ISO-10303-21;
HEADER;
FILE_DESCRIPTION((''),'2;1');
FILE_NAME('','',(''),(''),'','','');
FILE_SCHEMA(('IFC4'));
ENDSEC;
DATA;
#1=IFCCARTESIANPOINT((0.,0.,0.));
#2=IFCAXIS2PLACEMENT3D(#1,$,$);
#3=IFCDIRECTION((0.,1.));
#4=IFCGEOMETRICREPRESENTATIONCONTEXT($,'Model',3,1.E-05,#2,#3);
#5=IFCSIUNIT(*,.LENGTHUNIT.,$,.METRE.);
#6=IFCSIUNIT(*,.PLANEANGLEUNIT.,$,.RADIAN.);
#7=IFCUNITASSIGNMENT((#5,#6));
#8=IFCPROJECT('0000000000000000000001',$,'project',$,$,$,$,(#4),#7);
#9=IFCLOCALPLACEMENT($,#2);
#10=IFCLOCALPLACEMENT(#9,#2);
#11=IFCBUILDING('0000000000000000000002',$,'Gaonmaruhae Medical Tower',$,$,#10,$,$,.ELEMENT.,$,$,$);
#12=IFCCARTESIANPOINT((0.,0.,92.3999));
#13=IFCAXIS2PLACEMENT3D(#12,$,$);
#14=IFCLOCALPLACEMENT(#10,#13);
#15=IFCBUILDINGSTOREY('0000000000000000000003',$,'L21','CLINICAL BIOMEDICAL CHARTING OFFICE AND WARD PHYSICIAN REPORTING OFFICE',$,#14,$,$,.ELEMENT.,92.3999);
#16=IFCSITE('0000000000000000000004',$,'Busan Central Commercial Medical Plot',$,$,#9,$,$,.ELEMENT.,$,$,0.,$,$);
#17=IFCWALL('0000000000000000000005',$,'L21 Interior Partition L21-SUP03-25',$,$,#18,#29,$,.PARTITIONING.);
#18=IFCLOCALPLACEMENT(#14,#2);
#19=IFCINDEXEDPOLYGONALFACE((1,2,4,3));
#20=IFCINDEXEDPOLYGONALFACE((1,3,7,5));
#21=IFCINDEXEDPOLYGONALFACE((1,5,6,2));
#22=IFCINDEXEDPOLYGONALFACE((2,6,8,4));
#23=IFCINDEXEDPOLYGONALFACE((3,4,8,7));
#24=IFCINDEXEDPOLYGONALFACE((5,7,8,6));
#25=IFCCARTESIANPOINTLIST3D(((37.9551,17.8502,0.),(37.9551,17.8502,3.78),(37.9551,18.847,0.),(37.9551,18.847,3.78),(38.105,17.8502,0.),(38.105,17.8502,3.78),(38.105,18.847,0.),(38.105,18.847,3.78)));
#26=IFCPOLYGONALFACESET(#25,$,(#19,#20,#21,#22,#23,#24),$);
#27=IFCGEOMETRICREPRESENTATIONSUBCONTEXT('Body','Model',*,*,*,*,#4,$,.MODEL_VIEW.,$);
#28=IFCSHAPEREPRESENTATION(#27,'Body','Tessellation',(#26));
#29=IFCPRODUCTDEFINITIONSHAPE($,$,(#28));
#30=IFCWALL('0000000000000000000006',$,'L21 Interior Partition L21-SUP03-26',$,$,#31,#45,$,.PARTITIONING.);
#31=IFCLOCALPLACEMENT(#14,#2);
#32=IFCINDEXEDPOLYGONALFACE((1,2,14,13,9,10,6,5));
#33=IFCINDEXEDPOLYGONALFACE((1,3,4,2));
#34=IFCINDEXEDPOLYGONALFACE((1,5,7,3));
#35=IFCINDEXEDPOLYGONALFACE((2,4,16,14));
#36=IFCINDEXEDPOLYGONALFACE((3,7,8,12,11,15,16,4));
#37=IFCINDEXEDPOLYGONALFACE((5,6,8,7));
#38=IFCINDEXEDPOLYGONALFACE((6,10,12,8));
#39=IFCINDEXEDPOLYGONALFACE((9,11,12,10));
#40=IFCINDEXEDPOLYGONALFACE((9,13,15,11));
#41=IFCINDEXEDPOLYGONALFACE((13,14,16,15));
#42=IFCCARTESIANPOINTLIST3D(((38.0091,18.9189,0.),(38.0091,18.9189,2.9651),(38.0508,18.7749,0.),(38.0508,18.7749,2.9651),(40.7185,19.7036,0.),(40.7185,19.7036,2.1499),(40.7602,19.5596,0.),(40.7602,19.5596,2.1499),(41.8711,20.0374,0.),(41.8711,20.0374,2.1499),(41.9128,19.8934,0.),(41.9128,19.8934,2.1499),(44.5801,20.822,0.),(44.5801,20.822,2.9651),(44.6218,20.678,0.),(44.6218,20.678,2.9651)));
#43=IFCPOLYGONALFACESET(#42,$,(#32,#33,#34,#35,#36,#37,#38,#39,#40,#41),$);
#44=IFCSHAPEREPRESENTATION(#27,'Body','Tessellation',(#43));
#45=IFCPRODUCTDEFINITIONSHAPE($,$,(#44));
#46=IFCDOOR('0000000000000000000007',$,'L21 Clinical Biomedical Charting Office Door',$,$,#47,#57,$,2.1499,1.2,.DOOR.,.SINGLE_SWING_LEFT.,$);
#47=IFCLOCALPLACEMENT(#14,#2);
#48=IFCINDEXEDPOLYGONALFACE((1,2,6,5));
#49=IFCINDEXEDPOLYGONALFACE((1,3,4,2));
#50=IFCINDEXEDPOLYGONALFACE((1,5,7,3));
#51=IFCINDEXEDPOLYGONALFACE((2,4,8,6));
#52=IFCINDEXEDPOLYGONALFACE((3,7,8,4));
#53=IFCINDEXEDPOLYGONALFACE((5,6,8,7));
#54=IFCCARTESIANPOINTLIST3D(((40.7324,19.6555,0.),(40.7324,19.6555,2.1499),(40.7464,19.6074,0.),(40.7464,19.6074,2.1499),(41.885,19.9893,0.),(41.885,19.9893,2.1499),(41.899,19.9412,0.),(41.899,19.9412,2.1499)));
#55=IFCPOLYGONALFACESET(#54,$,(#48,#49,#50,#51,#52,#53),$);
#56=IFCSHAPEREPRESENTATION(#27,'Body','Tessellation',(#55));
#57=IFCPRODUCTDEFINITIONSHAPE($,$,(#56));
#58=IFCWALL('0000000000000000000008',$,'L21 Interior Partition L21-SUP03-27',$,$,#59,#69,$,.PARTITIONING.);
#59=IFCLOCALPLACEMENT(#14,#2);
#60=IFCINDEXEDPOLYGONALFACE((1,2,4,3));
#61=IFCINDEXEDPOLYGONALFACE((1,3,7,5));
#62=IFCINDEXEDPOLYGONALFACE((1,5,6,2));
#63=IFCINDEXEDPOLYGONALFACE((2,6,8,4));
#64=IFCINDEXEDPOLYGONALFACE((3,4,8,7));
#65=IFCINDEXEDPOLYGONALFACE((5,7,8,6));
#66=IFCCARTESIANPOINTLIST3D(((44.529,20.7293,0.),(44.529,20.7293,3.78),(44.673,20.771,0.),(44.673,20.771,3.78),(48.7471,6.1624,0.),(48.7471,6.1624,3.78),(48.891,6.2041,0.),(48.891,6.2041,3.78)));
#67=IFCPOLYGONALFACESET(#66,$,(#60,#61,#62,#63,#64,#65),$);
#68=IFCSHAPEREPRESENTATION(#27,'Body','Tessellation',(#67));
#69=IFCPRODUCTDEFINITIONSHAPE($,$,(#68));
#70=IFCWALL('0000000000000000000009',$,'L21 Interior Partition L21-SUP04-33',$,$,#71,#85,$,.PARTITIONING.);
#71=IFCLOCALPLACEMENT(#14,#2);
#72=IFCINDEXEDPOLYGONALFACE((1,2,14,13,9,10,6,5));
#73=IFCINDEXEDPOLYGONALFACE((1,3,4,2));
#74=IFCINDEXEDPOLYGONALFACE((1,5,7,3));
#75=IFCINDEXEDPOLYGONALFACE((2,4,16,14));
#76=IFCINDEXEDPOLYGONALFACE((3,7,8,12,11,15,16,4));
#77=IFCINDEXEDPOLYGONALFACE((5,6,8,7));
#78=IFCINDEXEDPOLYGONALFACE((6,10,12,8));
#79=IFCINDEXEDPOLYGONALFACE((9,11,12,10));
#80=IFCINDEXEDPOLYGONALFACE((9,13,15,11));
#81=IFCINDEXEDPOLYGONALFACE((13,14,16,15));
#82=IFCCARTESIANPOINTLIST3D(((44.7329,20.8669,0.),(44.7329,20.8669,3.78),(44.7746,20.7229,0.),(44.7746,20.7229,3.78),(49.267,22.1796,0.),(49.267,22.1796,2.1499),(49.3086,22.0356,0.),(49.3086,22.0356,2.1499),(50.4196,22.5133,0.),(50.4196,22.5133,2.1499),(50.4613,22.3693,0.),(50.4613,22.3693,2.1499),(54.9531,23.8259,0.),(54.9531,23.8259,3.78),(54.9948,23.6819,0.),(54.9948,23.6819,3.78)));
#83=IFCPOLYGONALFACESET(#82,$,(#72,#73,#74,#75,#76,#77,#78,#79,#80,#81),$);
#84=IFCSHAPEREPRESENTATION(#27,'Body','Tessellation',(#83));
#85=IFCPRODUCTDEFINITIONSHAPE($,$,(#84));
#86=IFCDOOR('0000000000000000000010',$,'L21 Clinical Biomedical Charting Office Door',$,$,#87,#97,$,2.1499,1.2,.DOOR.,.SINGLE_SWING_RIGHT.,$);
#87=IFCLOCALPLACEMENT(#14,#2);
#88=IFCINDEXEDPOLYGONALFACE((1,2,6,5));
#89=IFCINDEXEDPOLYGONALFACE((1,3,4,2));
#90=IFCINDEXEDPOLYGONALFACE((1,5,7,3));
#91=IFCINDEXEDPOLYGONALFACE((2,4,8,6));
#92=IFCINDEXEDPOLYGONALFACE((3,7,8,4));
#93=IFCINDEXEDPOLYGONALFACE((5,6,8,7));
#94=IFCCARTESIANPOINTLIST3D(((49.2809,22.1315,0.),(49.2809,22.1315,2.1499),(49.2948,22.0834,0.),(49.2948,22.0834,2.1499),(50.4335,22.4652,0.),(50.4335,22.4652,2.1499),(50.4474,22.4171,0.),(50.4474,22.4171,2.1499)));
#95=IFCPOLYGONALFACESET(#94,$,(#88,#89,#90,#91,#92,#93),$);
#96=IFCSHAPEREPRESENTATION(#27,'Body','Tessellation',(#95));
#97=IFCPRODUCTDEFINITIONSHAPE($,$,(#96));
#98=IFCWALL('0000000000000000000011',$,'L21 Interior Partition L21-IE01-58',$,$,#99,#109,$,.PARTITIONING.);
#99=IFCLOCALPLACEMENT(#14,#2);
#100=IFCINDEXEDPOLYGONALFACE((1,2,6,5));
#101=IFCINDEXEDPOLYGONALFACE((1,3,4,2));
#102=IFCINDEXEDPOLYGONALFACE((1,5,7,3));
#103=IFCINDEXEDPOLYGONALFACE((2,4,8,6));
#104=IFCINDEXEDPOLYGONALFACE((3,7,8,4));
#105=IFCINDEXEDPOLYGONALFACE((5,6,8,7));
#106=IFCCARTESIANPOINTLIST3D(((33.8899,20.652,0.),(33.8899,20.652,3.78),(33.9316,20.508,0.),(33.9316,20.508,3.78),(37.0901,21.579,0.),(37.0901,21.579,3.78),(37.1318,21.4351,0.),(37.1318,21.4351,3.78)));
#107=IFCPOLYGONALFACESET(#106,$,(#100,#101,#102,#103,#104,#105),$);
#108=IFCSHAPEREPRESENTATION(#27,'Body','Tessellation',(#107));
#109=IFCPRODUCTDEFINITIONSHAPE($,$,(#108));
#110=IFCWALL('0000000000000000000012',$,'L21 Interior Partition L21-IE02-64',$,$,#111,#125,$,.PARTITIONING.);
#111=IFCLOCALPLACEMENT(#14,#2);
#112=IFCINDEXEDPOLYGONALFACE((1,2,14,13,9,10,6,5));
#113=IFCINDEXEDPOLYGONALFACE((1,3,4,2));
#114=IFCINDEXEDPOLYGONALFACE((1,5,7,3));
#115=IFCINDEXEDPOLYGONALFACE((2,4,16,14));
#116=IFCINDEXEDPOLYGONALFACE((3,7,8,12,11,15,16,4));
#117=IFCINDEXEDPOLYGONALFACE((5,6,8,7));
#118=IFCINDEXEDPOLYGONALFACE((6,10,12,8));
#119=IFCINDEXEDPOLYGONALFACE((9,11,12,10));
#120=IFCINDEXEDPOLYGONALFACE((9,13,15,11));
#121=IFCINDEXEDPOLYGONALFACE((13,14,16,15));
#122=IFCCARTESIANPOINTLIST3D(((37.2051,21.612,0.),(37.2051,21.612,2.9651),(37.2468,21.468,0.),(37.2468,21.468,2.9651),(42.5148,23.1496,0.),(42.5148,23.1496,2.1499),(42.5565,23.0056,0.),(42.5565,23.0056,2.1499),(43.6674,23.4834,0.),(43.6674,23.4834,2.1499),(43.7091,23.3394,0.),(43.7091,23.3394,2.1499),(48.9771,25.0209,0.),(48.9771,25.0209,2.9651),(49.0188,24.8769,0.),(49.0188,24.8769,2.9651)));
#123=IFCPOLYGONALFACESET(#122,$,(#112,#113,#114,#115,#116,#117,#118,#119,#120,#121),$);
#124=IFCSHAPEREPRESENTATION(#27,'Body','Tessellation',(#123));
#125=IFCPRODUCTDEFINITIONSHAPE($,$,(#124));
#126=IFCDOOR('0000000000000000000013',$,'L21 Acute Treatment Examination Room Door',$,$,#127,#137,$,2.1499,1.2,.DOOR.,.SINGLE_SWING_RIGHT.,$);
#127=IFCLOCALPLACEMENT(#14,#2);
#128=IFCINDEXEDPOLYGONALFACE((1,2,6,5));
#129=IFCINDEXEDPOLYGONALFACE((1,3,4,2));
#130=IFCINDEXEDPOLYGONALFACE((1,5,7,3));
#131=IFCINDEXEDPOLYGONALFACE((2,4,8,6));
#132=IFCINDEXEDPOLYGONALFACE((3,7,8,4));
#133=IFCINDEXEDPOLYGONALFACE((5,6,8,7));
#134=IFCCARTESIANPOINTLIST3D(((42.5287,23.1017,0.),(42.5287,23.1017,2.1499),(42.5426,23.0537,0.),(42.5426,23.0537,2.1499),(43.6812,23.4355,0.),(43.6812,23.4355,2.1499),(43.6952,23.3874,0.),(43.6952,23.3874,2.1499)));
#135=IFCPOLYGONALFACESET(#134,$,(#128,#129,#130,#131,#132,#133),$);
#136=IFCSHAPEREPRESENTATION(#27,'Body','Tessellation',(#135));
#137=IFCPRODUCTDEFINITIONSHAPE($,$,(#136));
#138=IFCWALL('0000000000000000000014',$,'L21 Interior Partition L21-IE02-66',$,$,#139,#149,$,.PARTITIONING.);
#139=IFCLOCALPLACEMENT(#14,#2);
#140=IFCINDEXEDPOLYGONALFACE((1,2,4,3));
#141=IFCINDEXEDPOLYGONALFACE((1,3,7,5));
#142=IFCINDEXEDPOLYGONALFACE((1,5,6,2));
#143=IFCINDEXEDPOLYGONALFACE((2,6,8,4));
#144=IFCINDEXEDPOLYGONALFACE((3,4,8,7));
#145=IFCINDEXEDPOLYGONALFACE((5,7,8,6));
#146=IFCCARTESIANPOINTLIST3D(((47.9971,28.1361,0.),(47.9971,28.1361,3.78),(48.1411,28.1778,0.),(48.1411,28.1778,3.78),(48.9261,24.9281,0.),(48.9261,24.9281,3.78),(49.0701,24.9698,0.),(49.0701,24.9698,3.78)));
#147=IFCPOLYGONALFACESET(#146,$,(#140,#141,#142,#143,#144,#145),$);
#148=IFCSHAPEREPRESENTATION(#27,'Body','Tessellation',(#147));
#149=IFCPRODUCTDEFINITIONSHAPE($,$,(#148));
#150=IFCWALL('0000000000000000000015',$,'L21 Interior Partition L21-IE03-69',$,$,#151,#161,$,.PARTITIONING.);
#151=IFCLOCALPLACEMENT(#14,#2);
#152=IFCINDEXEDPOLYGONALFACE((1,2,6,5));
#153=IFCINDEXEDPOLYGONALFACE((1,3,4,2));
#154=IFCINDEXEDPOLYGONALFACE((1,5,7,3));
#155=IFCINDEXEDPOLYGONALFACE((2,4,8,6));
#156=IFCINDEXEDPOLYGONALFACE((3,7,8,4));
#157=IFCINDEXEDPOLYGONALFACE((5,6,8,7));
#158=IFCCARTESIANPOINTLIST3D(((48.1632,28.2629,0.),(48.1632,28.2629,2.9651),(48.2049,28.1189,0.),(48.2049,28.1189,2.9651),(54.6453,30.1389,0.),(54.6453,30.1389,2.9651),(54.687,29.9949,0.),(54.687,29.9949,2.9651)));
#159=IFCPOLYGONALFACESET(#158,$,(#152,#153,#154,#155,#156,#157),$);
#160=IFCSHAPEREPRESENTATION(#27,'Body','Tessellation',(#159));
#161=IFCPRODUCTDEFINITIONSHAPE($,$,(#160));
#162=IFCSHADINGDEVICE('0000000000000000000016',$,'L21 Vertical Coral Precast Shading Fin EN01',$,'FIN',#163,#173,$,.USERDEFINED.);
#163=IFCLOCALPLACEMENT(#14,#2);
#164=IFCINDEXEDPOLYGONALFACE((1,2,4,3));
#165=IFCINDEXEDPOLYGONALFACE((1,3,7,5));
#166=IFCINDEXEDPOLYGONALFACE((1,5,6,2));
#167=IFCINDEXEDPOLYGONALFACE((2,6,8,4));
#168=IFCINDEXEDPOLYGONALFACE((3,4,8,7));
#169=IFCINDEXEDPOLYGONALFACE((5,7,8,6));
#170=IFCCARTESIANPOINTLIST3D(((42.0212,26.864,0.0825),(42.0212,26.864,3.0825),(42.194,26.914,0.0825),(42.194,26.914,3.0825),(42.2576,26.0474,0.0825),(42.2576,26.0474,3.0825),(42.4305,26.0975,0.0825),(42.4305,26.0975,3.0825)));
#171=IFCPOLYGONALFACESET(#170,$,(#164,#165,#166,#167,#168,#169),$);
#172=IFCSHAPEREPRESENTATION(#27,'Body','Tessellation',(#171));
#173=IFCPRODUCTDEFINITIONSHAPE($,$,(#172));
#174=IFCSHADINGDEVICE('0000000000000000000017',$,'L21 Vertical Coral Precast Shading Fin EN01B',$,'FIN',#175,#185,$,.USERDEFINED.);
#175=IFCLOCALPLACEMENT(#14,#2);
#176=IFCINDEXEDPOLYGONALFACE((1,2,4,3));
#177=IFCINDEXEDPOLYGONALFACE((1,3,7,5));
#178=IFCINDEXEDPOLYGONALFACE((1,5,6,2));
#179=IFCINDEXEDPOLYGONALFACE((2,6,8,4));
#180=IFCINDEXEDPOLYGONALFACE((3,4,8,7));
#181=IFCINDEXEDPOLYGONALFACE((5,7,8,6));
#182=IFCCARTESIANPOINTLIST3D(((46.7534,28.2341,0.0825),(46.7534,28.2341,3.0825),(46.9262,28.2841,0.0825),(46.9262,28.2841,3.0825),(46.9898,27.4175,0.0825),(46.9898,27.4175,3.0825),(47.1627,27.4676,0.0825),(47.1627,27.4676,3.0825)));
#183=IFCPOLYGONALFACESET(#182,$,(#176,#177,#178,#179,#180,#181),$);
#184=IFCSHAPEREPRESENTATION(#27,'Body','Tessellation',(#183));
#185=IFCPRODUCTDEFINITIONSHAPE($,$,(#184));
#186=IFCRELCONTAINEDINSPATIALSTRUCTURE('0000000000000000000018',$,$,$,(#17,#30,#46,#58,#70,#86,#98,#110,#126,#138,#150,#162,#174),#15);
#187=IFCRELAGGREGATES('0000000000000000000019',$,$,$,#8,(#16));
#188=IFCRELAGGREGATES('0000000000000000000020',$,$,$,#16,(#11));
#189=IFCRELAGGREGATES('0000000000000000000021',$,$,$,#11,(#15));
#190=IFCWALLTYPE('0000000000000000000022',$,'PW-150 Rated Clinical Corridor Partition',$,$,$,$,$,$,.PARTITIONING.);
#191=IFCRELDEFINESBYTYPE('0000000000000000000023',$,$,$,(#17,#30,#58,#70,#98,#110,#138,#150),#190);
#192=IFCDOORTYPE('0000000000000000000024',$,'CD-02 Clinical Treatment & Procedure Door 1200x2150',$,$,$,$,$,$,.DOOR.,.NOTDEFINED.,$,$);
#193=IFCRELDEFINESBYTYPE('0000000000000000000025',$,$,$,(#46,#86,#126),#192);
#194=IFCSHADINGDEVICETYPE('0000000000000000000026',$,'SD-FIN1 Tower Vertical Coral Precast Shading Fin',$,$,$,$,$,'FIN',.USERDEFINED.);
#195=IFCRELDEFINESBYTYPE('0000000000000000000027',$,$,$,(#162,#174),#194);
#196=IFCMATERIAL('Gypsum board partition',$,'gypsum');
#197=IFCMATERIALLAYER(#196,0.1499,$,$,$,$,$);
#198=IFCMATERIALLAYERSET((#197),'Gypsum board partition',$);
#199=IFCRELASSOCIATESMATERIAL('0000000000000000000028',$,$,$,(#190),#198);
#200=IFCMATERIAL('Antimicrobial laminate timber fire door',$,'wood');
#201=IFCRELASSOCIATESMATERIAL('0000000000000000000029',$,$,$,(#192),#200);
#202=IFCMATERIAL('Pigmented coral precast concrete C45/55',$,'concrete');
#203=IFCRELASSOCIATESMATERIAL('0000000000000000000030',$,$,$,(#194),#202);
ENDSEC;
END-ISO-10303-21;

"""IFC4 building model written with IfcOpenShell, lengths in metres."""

from ifc_helpers import new_model, si_unit, direction, frame, frame_2d, origin, origin_2d, place, context, subcontext, project, spatial, rectangle, extrude, material, layer, layer_set, type_object, element, fill, save


model = new_model("IFC4")

# Units and contexts
model_context = context("Model", 3, precision=1e-05, world=origin(), true_north=direction((0.0, 1.0)))
body_context = subcontext(model_context, "Body", "Model", "MODEL_VIEW")
ifc_project = project(units=[si_unit("LENGTHUNIT", "METRE"), si_unit("PLANEANGLEUNIT", "RADIAN")], contexts=[model_context])

# Site, building, storey
site_placement = place(None, origin())
site = spatial("IfcSite", under=ifc_project, at=site_placement, Name="Busan Central Commercial Medical Plot", CompositionType="ELEMENT", RefElevation=0.0)
building_placement = place(site_placement, origin())
building = spatial("IfcBuilding", under=site, at=building_placement, Name="Gaonmaruhae Medical Tower", CompositionType="ELEMENT")
storey_placement = place(building_placement, frame((0.0, 0.0, 92.3999)))
storey = spatial("IfcBuildingStorey", under=building, at=storey_placement, Name="L21", Description="CLINICAL BIOMEDICAL CHARTING OFFICE AND WARD PHYSICIAN REPORTING OFFICE", CompositionType="ELEMENT", Elevation=92.3999)

# Wall
ifc_material_1 = material(Name="Gypsum board partition", Category="gypsum")
ifc_layer_1 = layer(ifc_material_1, 0.1499)
ifc_layer_set_1 = layer_set([ifc_layer_1], Name="Gypsum board partition")
wall_type_1 = type_object("IfcWallType", Name="PW-150 Rated Clinical Corridor Partition", PredefinedType="PARTITIONING", material=ifc_layer_set_1)
wall_1_placement = place(storey_placement, frame((38.03, 17.8501, 0.0), z_axis=(0.0, 0.0, 1.0), x_axis=(0.0, 1.0, 0.0)))
element("IfcWall", 1, at=wall_1_placement, inside=storey, type_object=wall_type_1, Name="L21 Interior Partition L21-SUP03-25", PredefinedType="PARTITIONING", context=body_context, shape_type="SweptSolid", body=[
    extrude(rectangle(XDim=0.9968, YDim=0.1499, at=frame_2d((0.4985, 0.0))), origin(), (0.0, 0.0, 1.0), 3.78),
])

# Wall, opening, door
wall_2_placement = place(storey_placement, frame((38.03, 18.8469, 0.0), z_axis=(0.0, 0.0, 1.0), x_axis=(0.960528, 0.278184, 0.0)))
wall_2 = element("IfcWall", 2, at=wall_2_placement, inside=storey, type_object=wall_type_1, Name="L21 Interior Partition L21-SUP03-26", PredefinedType="PARTITIONING", context=body_context, shape_type="SweptSolid", body=[
    extrude(rectangle(XDim=6.8411, YDim=0.1499, at=frame_2d((3.4204, 0.0))), origin(), (0.0, 0.0, 1.0), 2.9651),
])
opening_1_placement = place(wall_2_placement, frame((2.8206, 0.0, 0.0)))
opening_1 = element("IfcOpeningElement", 3, at=opening_1_placement, cuts=wall_2, PredefinedType="OPENING", context=body_context, shape_type="SweptSolid", body=[
    extrude(rectangle(XDim=1.2, YDim=2.1499, at=frame_2d((0.6001, 1.075))), frame((0.0, 0.085, 0.0), z_axis=(0.0, -1.0, 0.0), x_axis=(1.0, 0.0, 0.0)), (0.0, 0.0, 1.0), 0.1699),
])
ifc_material_2 = material(Name="Antimicrobial laminate timber fire door", Category="wood")
door_type = type_object("IfcDoorType", Name="CD-02 Clinical Treatment & Procedure Door 1200x2150", OperationType="NOTDEFINED", PredefinedType="DOOR", material=ifc_material_2)
door_1_placement = place(opening_1_placement, origin())
door_1 = element("IfcDoor", 4, at=door_1_placement, inside=storey, type_object=door_type, Name="L21 Clinical Biomedical Charting Office Door", OperationType="SINGLE_SWING_LEFT", OverallHeight=2.1499, OverallWidth=1.2, PredefinedType="DOOR", context=body_context, shape_type="SweptSolid", body=[
    extrude(rectangle(XDim=1.2, YDim=2.1499, at=frame_2d((0.6001, 1.075))), frame((0.0, 0.0249, 0.0), z_axis=(0.0, -1.0, 0.0), x_axis=(1.0, 0.0, 0.0)), (0.0, 0.0, 1.0), 0.05),
])
fill(opening_1, door_1)

# Wall
wall_3_placement = place(storey_placement, frame((44.6011, 20.75, 0.0), z_axis=(0.0, 0.0, 1.0), x_axis=(0.278136, -0.960542, 0.0)))
element("IfcWall", 5, at=wall_3_placement, inside=storey, type_object=wall_type_1, Name="L21 Interior Partition L21-SUP03-27", PredefinedType="PARTITIONING", context=body_context, shape_type="SweptSolid", body=[
    extrude(rectangle(XDim=15.1653, YDim=0.1499, at=frame_2d((7.5825, 0.0))), origin(), (0.0, 0.0, 1.0), 3.78),
])

# Wall, opening, door
wall_4_placement = place(storey_placement, frame((44.7539, 20.7949, 0.0), z_axis=(0.0, 0.0, 1.0), x_axis=(0.960552, 0.278102, 0.0)))
wall_4 = element("IfcWall", 6, at=wall_4_placement, inside=storey, type_object=wall_type_1, Name="L21 Interior Partition L21-SUP04-33", PredefinedType="PARTITIONING", context=body_context, shape_type="SweptSolid", body=[
    extrude(rectangle(XDim=10.6399, YDim=0.1499, at=frame_2d((5.3198, 0.0))), origin(), (0.0, 0.0, 1.0), 3.78),
])
opening_2_placement = place(wall_4_placement, frame((4.72, 0.0, 0.0)))
opening_2 = element("IfcOpeningElement", 7, at=opening_2_placement, cuts=wall_4, PredefinedType="OPENING", context=body_context, shape_type="SweptSolid", body=[
    extrude(rectangle(XDim=1.2, YDim=2.1499, at=frame_2d((0.6001, 1.075))), frame((0.0, 0.085, 0.0), z_axis=(0.0, -1.0, 0.0), x_axis=(1.0, 0.0, 0.0)), (0.0, 0.0, 1.0), 0.1699),
])
door_2_placement = place(opening_2_placement, origin())
door_2 = element("IfcDoor", 8, at=door_2_placement, inside=storey, type_object=door_type, Name="L21 Clinical Biomedical Charting Office Door", OperationType="SINGLE_SWING_RIGHT", OverallHeight=2.1499, OverallWidth=1.2, PredefinedType="DOOR", context=body_context, shape_type="SweptSolid", body=[
    extrude(rectangle(XDim=1.2, YDim=2.1499, at=frame_2d((0.6001, 1.075))), frame((0.0, 0.0249, 0.0), z_axis=(0.0, -1.0, 0.0), x_axis=(1.0, 0.0, 0.0)), (0.0, 0.0, 1.0), 0.05),
])
fill(opening_2, door_2)

# Wall
wall_5_placement = place(storey_placement, frame((37.1111, 21.5071, 0.0), z_axis=(0.0, 0.0, 1.0), x_axis=(-0.960514, -0.278232, 0.0)))
element("IfcWall", 9, at=wall_5_placement, inside=storey, type_object=wall_type_1, Name="L21 Interior Partition L21-IE01-58", PredefinedType="PARTITIONING", context=body_context, shape_type="SweptSolid", body=[
    extrude(rectangle(XDim=3.3318, YDim=0.1499, at=frame_2d((1.666, 0.0))), origin(), (0.0, 0.0, 1.0), 3.78),
])

# Wall, opening, door
wall_6_placement = place(storey_placement, frame((48.998, 24.949, 0.0), z_axis=(0.0, 0.0, 1.0), x_axis=(-0.960537, -0.278153, 0.0)))
wall_6 = element("IfcWall", 10, at=wall_6_placement, inside=storey, type_object=wall_type_1, Name="L21 Interior Partition L21-IE02-64", PredefinedType="PARTITIONING", context=body_context, shape_type="SweptSolid", body=[
    extrude(rectangle(XDim=12.2556, YDim=0.1499, at=frame_2d((6.1279, 0.0))), origin(), (0.0, 0.0, 1.0), 2.9651),
])
opening_3_placement = place(wall_6_placement, frame((5.5278, 0.0, 0.0)))
opening_3 = element("IfcOpeningElement", 11, at=opening_3_placement, cuts=wall_6, PredefinedType="OPENING", context=body_context, shape_type="SweptSolid", body=[
    extrude(rectangle(XDim=1.2, YDim=2.1499, at=frame_2d((0.6001, 1.075))), frame((0.0, 0.085, 0.0), z_axis=(0.0, -1.0, 0.0), x_axis=(1.0, 0.0, 0.0)), (0.0, 0.0, 1.0), 0.1699),
])
door_3_placement = place(opening_3_placement, origin())
door_3 = element("IfcDoor", 12, at=door_3_placement, inside=storey, type_object=door_type, Name="L21 Acute Treatment Examination Room Door", OperationType="SINGLE_SWING_RIGHT", OverallHeight=2.1499, OverallWidth=1.2, PredefinedType="DOOR", context=body_context, shape_type="SweptSolid", body=[
    extrude(rectangle(XDim=1.2, YDim=2.1499, at=frame_2d((0.6001, 1.075))), frame((0.0, 0.0249, 0.0), z_axis=(0.0, -1.0, 0.0), x_axis=(1.0, 0.0, 0.0)), (0.0, 0.0, 1.0), 0.05),
])
fill(opening_3, door_3)

# Walls
wall_7_placement = place(storey_placement, frame((48.0691, 28.157, 0.0), z_axis=(0.0, 0.0, 1.0), x_axis=(0.278147, -0.960539, 0.0)))
element("IfcWall", 13, at=wall_7_placement, inside=storey, type_object=wall_type_1, Name="L21 Interior Partition L21-IE02-66", PredefinedType="PARTITIONING", context=body_context, shape_type="SweptSolid", body=[
    extrude(rectangle(XDim=3.3398, YDim=0.1499, at=frame_2d((1.6699, 0.0))), origin(), (0.0, 0.0, 1.0), 3.78),
])
wall_8_placement = place(storey_placement, frame((48.1841, 28.1909, 0.0), z_axis=(0.0, 0.0, 1.0), x_axis=(0.960579, 0.278007, 0.0)))
element("IfcWall", 14, at=wall_8_placement, inside=storey, type_object=wall_type_1, Name="L21 Interior Partition L21-IE03-69", PredefinedType="PARTITIONING", context=body_context, shape_type="SweptSolid", body=[
    extrude(rectangle(XDim=6.748, YDim=0.1499, at=frame_2d((3.374, 0.0))), origin(), (0.0, 0.0, 1.0), 2.9651),
])

# Shading devices
ifc_material_3 = material(Name="Pigmented coral precast concrete C45/55", Category="concrete")
shading_device_type = type_object("IfcShadingDeviceType", Name="SD-FIN1 Tower Vertical Coral Precast Shading Fin", ElementType="FIN", PredefinedType="USERDEFINED", material=ifc_material_3)
for number, where, z_axis, x_axis, name in (
    (15, (42.2258, 26.4807, 0.0825), (0.0, 0.0, 1.0), (0.960537, 0.278153, 0.0), "L21 Vertical Coral Precast Shading Fin EN01"),
    (16, (46.958, 27.8508, 0.0825), (0.0, 0.0, 1.0), (0.960537, 0.278153, 0.0), "L21 Vertical Coral Precast Shading Fin EN01B"),
):
    element("IfcShadingDevice", number, at=place(storey_placement, frame(where, z_axis=z_axis, x_axis=x_axis)), inside=storey, type_object=shading_device_type, Name=name, ObjectType="FIN", PredefinedType="USERDEFINED", context=body_context, shape_type="SweptSolid", body=[
        extrude(rectangle(XDim=0.1799, YDim=0.8501, at=origin_2d()), origin(), (0.0, 0.0, 1.0), 3.0),
    ])

save(model, "model.ifc")
